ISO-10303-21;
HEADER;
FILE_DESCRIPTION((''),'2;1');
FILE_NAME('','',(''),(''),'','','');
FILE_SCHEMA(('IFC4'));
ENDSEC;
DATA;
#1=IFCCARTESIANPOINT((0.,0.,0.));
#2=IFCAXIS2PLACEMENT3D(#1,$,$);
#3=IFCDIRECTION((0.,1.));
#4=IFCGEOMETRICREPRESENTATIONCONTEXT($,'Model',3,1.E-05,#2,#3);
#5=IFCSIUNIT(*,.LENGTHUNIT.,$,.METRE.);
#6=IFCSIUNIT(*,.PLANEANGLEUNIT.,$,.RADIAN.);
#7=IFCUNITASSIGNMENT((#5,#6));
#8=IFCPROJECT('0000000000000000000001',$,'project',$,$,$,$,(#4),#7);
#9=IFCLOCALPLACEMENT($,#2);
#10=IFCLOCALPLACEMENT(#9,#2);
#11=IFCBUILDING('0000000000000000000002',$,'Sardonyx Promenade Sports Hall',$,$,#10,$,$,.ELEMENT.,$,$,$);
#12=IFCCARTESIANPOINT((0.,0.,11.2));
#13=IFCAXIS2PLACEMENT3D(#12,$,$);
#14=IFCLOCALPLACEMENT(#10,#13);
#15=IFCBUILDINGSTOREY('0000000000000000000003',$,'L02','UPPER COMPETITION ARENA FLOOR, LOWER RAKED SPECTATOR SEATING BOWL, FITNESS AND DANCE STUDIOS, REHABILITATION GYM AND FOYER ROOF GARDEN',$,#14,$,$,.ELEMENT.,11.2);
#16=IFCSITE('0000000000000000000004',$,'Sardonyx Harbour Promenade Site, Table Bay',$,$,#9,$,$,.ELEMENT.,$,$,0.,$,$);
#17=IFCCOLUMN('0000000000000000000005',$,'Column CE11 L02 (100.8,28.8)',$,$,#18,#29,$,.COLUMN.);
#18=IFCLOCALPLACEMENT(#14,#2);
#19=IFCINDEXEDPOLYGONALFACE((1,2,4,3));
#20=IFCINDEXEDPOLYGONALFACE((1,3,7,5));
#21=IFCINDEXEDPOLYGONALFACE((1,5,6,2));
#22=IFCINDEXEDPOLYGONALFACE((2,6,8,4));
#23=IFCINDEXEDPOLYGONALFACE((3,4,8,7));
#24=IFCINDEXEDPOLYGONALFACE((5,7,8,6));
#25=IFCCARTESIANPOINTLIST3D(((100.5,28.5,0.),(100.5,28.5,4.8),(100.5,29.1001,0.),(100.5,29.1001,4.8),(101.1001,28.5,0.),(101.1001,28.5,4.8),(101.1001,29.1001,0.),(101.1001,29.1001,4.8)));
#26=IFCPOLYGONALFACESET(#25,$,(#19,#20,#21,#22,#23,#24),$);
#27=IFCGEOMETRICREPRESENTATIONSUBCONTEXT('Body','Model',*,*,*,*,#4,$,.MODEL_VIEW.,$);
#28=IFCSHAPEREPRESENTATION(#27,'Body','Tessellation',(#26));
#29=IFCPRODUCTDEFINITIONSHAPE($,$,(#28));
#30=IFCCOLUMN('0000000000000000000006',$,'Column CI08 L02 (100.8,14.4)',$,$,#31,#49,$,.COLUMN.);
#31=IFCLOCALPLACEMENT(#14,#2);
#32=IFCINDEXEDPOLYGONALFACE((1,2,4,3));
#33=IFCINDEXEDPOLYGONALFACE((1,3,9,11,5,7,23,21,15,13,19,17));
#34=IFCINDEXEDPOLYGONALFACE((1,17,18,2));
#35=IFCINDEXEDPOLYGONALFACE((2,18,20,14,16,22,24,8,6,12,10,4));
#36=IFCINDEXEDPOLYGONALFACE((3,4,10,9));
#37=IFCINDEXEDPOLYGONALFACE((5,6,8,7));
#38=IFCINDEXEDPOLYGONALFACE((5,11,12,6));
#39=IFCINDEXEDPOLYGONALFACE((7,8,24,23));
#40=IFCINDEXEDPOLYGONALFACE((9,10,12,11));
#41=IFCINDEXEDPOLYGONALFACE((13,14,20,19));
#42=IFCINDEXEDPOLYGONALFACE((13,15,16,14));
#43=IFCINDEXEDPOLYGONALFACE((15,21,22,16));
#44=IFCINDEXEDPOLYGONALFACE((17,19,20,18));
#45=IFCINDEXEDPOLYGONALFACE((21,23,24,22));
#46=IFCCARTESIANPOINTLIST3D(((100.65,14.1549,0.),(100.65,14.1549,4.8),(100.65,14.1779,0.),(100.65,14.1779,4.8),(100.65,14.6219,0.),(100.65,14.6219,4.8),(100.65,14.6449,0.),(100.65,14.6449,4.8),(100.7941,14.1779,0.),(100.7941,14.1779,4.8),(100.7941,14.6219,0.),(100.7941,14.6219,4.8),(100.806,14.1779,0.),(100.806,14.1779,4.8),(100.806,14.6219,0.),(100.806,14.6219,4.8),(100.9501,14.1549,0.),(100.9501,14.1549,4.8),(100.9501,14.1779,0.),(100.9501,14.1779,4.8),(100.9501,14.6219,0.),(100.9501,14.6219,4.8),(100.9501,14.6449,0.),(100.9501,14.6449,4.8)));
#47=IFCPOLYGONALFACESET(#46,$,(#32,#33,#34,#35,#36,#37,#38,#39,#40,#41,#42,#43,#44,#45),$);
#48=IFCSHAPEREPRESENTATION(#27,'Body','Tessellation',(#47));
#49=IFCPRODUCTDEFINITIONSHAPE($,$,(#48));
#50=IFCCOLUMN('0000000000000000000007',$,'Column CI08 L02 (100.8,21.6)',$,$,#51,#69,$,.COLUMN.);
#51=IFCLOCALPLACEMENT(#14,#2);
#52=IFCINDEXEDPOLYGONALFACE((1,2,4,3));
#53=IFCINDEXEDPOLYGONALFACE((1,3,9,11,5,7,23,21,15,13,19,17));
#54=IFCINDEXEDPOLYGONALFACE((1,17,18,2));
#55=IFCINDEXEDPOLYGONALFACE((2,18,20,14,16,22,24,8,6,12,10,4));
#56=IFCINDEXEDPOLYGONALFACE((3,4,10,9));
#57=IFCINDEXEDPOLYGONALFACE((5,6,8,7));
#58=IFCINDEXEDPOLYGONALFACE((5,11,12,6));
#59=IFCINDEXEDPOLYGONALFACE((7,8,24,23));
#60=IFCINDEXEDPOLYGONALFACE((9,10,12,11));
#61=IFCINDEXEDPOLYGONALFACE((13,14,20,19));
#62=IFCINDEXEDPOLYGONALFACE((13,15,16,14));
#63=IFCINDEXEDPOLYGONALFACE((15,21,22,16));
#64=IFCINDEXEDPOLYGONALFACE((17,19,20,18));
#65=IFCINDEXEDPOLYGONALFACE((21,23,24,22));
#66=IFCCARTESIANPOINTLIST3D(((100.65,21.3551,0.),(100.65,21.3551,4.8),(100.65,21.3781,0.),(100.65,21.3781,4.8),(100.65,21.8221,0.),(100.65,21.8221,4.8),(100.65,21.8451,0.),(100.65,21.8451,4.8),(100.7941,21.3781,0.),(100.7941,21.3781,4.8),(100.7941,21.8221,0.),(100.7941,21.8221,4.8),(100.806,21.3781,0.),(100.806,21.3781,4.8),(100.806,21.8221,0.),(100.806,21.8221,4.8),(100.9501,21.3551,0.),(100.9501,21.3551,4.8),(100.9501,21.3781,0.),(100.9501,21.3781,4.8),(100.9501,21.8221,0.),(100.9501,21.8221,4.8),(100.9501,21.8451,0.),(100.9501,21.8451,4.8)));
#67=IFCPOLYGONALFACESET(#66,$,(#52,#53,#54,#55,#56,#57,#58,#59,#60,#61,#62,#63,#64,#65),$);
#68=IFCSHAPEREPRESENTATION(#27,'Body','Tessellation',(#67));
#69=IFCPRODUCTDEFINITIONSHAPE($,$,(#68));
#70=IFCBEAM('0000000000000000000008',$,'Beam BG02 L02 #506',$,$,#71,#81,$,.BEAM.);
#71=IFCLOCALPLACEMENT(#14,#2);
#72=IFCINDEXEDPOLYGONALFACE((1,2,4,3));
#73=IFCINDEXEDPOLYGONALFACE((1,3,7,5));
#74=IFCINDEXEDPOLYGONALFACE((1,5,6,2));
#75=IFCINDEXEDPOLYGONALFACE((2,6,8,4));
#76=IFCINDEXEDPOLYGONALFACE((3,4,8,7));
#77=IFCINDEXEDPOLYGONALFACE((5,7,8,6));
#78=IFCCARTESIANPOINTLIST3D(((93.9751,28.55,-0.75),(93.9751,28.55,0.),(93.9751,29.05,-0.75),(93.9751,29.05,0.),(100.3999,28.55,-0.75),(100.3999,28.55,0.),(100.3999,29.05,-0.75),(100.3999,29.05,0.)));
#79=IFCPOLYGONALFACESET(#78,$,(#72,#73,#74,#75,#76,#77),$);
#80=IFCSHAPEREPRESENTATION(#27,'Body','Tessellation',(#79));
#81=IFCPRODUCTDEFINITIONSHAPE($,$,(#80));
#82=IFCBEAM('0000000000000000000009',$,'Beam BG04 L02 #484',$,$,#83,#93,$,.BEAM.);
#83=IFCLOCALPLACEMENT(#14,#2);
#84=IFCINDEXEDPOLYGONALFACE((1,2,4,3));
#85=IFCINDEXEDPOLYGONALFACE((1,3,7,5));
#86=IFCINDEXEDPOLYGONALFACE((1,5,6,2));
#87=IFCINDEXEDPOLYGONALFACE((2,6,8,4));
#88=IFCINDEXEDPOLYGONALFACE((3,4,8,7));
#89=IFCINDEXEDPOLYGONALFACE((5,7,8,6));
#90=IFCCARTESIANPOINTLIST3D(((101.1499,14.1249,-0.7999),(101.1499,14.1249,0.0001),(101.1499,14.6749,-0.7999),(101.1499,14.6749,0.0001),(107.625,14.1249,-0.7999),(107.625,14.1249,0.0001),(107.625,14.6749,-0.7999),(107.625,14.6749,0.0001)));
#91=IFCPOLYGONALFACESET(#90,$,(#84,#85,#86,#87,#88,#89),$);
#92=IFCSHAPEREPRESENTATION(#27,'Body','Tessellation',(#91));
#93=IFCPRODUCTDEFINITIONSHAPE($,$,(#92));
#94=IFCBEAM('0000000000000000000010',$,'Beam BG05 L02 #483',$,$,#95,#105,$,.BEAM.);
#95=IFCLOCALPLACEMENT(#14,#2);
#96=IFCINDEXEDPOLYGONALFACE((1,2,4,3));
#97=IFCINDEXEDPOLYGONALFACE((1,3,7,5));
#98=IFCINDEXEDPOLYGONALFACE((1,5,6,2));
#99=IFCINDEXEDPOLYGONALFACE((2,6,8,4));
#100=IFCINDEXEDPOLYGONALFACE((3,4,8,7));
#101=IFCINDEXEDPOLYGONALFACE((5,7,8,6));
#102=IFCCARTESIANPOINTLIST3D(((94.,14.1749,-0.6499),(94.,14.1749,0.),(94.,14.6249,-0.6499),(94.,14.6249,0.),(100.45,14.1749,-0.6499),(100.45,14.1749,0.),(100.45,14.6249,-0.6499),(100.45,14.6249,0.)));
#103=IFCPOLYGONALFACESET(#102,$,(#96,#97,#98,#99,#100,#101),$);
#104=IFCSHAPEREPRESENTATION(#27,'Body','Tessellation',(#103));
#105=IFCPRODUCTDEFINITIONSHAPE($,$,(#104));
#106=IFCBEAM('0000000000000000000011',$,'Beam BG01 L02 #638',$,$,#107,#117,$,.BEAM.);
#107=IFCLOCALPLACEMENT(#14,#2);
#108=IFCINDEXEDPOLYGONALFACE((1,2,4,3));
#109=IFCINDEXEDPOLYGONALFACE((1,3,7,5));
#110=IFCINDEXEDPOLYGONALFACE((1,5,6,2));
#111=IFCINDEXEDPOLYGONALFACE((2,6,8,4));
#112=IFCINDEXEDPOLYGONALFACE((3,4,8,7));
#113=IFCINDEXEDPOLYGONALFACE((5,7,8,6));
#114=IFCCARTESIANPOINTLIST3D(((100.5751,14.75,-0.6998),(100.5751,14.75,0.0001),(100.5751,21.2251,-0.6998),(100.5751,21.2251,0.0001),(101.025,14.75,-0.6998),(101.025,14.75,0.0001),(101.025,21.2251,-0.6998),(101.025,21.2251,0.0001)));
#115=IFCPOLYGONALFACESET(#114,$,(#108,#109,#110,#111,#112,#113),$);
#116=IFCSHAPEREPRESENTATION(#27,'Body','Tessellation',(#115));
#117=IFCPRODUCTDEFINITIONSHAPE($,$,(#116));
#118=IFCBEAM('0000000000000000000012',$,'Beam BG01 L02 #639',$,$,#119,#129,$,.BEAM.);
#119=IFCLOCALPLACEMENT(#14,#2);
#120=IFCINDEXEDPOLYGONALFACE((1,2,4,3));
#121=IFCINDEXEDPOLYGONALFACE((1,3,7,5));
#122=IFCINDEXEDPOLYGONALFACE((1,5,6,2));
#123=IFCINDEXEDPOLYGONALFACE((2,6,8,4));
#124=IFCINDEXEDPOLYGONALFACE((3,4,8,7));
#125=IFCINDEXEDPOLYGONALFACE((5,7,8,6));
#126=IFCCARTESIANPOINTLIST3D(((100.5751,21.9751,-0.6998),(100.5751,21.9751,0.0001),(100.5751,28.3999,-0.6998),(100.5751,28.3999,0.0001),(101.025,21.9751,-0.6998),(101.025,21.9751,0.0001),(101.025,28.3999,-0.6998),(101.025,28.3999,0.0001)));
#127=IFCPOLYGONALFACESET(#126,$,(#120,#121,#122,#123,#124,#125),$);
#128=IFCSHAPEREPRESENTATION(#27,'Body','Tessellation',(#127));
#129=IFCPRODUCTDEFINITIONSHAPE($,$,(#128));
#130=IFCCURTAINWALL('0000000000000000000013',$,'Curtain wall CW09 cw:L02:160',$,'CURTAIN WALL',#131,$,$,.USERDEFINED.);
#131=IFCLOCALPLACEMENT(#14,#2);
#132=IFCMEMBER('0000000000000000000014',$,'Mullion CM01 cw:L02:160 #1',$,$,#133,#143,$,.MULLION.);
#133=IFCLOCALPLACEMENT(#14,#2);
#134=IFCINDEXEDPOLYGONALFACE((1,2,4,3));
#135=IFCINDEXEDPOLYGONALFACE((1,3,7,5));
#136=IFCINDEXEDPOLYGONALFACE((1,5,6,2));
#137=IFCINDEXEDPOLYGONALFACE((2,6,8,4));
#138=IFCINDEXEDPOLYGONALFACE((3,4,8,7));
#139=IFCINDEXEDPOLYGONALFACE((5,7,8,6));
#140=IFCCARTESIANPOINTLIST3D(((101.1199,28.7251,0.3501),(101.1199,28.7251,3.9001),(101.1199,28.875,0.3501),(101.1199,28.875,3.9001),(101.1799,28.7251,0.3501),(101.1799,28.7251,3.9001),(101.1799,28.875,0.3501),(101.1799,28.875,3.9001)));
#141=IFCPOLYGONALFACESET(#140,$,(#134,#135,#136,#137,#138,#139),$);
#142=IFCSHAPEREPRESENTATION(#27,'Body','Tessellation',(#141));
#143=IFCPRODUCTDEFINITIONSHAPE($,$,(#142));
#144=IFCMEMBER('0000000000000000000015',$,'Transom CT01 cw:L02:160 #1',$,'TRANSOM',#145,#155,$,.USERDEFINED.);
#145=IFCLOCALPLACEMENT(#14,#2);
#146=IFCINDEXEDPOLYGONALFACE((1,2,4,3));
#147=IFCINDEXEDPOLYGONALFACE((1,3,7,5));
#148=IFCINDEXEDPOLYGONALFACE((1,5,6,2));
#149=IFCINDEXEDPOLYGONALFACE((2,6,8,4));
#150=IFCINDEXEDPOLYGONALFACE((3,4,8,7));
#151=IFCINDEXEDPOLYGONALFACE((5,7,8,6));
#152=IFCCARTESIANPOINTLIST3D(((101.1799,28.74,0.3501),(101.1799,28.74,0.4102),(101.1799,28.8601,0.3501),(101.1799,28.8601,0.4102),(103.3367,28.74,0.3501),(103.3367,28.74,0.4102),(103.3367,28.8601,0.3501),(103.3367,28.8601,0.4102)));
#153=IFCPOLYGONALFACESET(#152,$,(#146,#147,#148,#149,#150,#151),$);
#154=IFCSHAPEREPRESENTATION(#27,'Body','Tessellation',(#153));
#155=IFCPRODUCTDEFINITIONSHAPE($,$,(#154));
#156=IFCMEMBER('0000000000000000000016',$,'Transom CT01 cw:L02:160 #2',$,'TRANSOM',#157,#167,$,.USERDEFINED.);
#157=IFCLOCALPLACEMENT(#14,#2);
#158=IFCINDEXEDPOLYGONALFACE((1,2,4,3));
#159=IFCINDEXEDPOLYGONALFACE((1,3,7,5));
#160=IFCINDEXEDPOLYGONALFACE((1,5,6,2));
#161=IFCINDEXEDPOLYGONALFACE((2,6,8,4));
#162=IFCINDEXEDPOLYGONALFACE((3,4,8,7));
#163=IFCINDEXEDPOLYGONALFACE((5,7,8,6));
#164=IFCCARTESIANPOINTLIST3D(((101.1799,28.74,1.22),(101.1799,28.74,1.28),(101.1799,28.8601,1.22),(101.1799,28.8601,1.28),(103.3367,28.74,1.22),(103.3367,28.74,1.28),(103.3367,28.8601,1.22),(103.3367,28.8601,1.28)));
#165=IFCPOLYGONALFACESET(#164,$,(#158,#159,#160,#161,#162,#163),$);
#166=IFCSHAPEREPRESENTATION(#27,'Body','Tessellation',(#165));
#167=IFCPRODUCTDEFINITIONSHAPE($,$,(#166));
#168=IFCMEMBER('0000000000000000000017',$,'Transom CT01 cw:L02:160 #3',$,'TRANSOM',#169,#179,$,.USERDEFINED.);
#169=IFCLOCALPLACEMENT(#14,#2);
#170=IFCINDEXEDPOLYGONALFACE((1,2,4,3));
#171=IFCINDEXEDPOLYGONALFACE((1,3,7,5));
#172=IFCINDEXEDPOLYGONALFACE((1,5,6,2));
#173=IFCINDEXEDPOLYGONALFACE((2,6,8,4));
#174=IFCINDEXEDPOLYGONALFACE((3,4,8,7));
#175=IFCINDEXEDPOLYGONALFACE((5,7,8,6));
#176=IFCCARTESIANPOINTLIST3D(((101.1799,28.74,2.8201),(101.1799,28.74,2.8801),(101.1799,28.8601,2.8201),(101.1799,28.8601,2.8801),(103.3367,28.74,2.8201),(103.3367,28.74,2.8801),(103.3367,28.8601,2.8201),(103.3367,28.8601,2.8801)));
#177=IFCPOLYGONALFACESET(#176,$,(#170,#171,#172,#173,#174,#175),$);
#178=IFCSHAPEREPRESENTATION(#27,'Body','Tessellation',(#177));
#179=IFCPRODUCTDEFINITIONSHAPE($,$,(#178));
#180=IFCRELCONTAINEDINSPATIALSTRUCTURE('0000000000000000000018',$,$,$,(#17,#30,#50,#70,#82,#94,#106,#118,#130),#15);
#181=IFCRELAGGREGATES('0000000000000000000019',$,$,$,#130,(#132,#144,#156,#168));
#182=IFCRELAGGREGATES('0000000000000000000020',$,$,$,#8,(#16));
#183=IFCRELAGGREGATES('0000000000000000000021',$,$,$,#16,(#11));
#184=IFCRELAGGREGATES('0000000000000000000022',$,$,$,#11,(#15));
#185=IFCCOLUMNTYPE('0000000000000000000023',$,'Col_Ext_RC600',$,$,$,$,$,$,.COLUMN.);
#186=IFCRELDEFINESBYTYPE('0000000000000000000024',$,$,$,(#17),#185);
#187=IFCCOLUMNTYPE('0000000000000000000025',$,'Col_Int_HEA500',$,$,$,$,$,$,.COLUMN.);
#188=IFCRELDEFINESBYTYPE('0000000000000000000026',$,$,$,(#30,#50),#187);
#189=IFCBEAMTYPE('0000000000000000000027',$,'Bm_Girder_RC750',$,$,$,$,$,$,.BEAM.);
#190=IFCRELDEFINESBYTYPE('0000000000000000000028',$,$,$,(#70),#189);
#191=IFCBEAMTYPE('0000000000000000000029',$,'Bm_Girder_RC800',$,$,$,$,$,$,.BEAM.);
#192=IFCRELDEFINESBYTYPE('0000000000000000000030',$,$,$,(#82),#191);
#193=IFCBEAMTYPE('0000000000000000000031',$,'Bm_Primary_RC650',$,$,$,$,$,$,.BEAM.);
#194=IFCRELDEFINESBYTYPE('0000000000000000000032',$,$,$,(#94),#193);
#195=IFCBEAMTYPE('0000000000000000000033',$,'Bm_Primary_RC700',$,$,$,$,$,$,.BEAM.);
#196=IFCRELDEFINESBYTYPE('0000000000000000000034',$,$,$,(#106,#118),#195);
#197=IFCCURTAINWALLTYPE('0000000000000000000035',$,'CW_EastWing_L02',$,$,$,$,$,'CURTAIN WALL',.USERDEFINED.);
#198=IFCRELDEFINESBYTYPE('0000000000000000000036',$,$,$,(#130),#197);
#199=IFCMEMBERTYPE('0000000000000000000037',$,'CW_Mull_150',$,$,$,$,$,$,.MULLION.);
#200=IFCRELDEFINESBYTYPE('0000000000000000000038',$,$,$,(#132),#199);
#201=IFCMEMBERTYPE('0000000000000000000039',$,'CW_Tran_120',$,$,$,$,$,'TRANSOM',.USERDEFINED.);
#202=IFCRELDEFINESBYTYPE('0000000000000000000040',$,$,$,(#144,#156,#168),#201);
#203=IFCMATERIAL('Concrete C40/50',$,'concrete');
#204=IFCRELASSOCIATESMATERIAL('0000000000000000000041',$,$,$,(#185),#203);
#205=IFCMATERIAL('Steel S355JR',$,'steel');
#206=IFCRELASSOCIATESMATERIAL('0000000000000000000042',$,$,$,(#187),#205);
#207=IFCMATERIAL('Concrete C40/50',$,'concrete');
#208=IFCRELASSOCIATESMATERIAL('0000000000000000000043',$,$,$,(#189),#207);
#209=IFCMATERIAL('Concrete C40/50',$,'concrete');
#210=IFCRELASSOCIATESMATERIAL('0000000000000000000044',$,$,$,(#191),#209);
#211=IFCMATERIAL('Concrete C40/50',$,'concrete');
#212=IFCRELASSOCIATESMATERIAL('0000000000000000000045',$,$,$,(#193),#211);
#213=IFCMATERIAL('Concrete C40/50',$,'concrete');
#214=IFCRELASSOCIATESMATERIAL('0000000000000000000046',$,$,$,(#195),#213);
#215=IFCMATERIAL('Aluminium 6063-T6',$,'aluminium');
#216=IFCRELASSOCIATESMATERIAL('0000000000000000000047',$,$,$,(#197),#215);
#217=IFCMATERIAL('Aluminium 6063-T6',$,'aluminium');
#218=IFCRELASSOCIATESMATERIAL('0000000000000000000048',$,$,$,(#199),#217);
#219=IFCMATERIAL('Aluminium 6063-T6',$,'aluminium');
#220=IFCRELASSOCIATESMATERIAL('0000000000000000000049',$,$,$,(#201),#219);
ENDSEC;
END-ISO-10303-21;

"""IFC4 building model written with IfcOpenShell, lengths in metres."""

from ifc_helpers import new_model, si_unit, direction, frame, origin, origin_2d, place, context, subcontext, project, spatial, rectangle, i_section, extrude, material, material_profile, profile_set, type_object, element, aggregate, save


model = new_model("IFC4")

# Units and contexts
model_context = context("Model", 3, precision=1e-05, world=origin(), true_north=direction((0.0, 1.0)))
body_context = subcontext(model_context, "Body", "Model", "MODEL_VIEW")
ifc_project = project(units=[si_unit("LENGTHUNIT", "METRE"), si_unit("PLANEANGLEUNIT", "RADIAN")], contexts=[model_context])

# Site, building, storey
site_placement = place(None, origin())
site = spatial("IfcSite", under=ifc_project, at=site_placement, Name="Sardonyx Harbour Promenade Site, Table Bay", CompositionType="ELEMENT", RefElevation=0.0)
building_placement = place(site_placement, origin())
building = spatial("IfcBuilding", under=site, at=building_placement, Name="Sardonyx Promenade Sports Hall", CompositionType="ELEMENT")
storey_placement = place(building_placement, frame((0.0, 0.0, 11.2)))
storey = spatial("IfcBuildingStorey", under=building, at=storey_placement, Name="L02", Description="UPPER COMPETITION ARENA FLOOR, LOWER RAKED SPECTATOR SEATING BOWL, FITNESS AND DANCE STUDIOS, REHABILITATION GYM AND FOYER ROOF GARDEN", CompositionType="ELEMENT", Elevation=11.2)

# Columns
ifc_material_1 = material(Name="Concrete C40/50", Category="concrete")
ifc_material_profile_1 = material_profile(ifc_material_1, rectangle(XDim=0.6001, YDim=0.6001, at=origin_2d()))
ifc_profile_set_1 = profile_set([ifc_material_profile_1], Name="Concrete C40/50")
column_type_1 = type_object("IfcColumnType", Name="Col_Ext_RC600", PredefinedType="COLUMN", material=ifc_profile_set_1)
column_placement = place(storey_placement, frame((100.8, 28.8, 0.0), z_axis=(0.0, 0.0, 1.0), x_axis=(1.0, 0.0, 0.0)))
element("IfcColumn", 1, at=column_placement, inside=storey, type_object=column_type_1, Name="Column CE11 L02 (100.8,28.8)", PredefinedType="COLUMN", context=body_context, shape_type="SweptSolid", body=[
    extrude(rectangle(XDim=0.6001, YDim=0.6001, at=origin_2d()), origin(), (0.0, 0.0, 1.0), 4.8),
])
ifc_material_2 = material(Name="Steel S355JR", Category="steel")
ifc_material_profile_2 = material_profile(ifc_material_2, i_section(OverallWidth=0.3, OverallDepth=0.49, WebThickness=0.012, FlangeThickness=0.0229, at=origin_2d()))
ifc_profile_set_2 = profile_set([ifc_material_profile_2], Name="Steel S355JR")
column_type_2 = type_object("IfcColumnType", Name="Col_Int_HEA500", PredefinedType="COLUMN", material=ifc_profile_set_2)
for number, where, z_axis, x_axis, name in (
    (2, (100.8, 14.3999, 0.0), (0.0, 0.0, 1.0), (1.0, 0.0, 0.0), "Column CI08 L02 (100.8,14.4)"),
    (3, (100.8, 21.6001, 0.0), (0.0, 0.0, 1.0), (1.0, 0.0, 0.0), "Column CI08 L02 (100.8,21.6)"),
):
    element("IfcColumn", number, at=place(storey_placement, frame(where, z_axis=z_axis, x_axis=x_axis)), inside=storey, type_object=column_type_2, Name=name, PredefinedType="COLUMN", context=body_context, shape_type="SweptSolid", body=[
        extrude(i_section(OverallWidth=0.3, OverallDepth=0.49, WebThickness=0.012, FlangeThickness=0.0229, at=origin_2d()), origin(), (0.0, 0.0, 1.0), 4.8),
    ])

# Beams
ifc_material_3 = material(Name="Concrete C40/50", Category="concrete")
ifc_material_profile_3 = material_profile(ifc_material_3, rectangle(XDim=0.5, YDim=0.75, at=origin_2d()))
ifc_profile_set_3 = profile_set([ifc_material_profile_3], Name="Concrete C40/50")
beam_type_1 = type_object("IfcBeamType", Name="Bm_Girder_RC750", PredefinedType="BEAM", material=ifc_profile_set_3)
beam_1_placement = place(storey_placement, frame((93.9751, 28.8, -0.375), z_axis=(1.0, 0.0, 0.0), x_axis=(0.0, 1.0, 0.0)))
element("IfcBeam", 4, at=beam_1_placement, inside=storey, type_object=beam_type_1, Name="Beam BG02 L02 #506", PredefinedType="BEAM", context=body_context, shape_type="SweptSolid", body=[
    extrude(rectangle(XDim=0.5, YDim=0.75, at=origin_2d()), origin(), (0.0, 0.0, 1.0), 6.4248),
])
ifc_material_4 = material(Name="Concrete C40/50", Category="concrete")
ifc_material_profile_4 = material_profile(ifc_material_4, rectangle(XDim=0.55, YDim=0.8, at=origin_2d()))
ifc_profile_set_4 = profile_set([ifc_material_profile_4], Name="Concrete C40/50")
beam_type_2 = type_object("IfcBeamType", Name="Bm_Girder_RC800", PredefinedType="BEAM", material=ifc_profile_set_4)
beam_2_placement = place(storey_placement, frame((101.1499, 14.3999, -0.3999), z_axis=(1.0, 0.0, 0.0), x_axis=(0.0, 1.0, 0.0)))
element("IfcBeam", 5, at=beam_2_placement, inside=storey, type_object=beam_type_2, Name="Beam BG04 L02 #484", PredefinedType="BEAM", context=body_context, shape_type="SweptSolid", body=[
    extrude(rectangle(XDim=0.55, YDim=0.8, at=origin_2d()), origin(), (0.0, 0.0, 1.0), 6.4751),
])
ifc_material_5 = material(Name="Concrete C40/50", Category="concrete")
ifc_material_profile_5 = material_profile(ifc_material_5, rectangle(XDim=0.45, YDim=0.6499, at=origin_2d()))
ifc_profile_set_5 = profile_set([ifc_material_profile_5], Name="Concrete C40/50")
beam_type_3 = type_object("IfcBeamType", Name="Bm_Primary_RC650", PredefinedType="BEAM", material=ifc_profile_set_5)
beam_3_placement = place(storey_placement, frame((94.0, 14.3999, -0.325), z_axis=(1.0, 0.0, 0.0), x_axis=(0.0, 1.0, 0.0)))
element("IfcBeam", 6, at=beam_3_placement, inside=storey, type_object=beam_type_3, Name="Beam BG05 L02 #483", PredefinedType="BEAM", context=body_context, shape_type="SweptSolid", body=[
    extrude(rectangle(XDim=0.45, YDim=0.6499, at=origin_2d()), origin(), (0.0, 0.0, 1.0), 6.45),
])
ifc_material_6 = material(Name="Concrete C40/50", Category="concrete")
ifc_material_profile_6 = material_profile(ifc_material_6, rectangle(XDim=0.45, YDim=0.7, at=origin_2d()))
ifc_profile_set_6 = profile_set([ifc_material_profile_6], Name="Concrete C40/50")
beam_type_4 = type_object("IfcBeamType", Name="Bm_Primary_RC700", PredefinedType="BEAM", material=ifc_profile_set_6)
beam_4_placement = place(storey_placement, frame((100.8, 14.75, -0.3499), z_axis=(0.0, 1.0, 0.0), x_axis=(-1.0, 0.0, 0.0)))
element("IfcBeam", 7, at=beam_4_placement, inside=storey, type_object=beam_type_4, Name="Beam BG01 L02 #638", PredefinedType="BEAM", context=body_context, shape_type="SweptSolid", body=[
    extrude(rectangle(XDim=0.45, YDim=0.7, at=origin_2d()), origin(), (0.0, 0.0, 1.0), 6.4751),
])
beam_5_placement = place(storey_placement, frame((100.8, 21.9751, -0.3499), z_axis=(0.0, 1.0, 0.0), x_axis=(-1.0, 0.0, 0.0)))
element("IfcBeam", 8, at=beam_5_placement, inside=storey, type_object=beam_type_4, Name="Beam BG01 L02 #639", PredefinedType="BEAM", context=body_context, shape_type="SweptSolid", body=[
    extrude(rectangle(XDim=0.45, YDim=0.7, at=origin_2d()), origin(), (0.0, 0.0, 1.0), 6.4248),
])

# Curtain wall, members
ifc_material_7 = material(Name="Aluminium 6063-T6", Category="aluminium")
curtain_wall_type = type_object("IfcCurtainWallType", Name="CW_EastWing_L02", ElementType="CURTAIN WALL", PredefinedType="USERDEFINED", material=ifc_material_7)
curtain_wall_placement = place(storey_placement, origin())
curtain_wall = element("IfcCurtainWall", 9, at=curtain_wall_placement, inside=storey, type_object=curtain_wall_type, Name="Curtain wall CW09 cw:L02:160", ObjectType="CURTAIN WALL", PredefinedType="USERDEFINED")
ifc_material_8 = material(Name="Aluminium 6063-T6", Category="aluminium")
ifc_material_profile_7 = material_profile(ifc_material_8, rectangle(XDim=0.0601, YDim=0.1499, at=origin_2d()))
ifc_profile_set_7 = profile_set([ifc_material_profile_7], Name="Aluminium 6063-T6")
member_type_1 = type_object("IfcMemberType", Name="CW_Mull_150", PredefinedType="MULLION", material=ifc_profile_set_7)
member_1_placement = place(storey_placement, frame((101.1499, 28.8, 0.3501), z_axis=(0.0, 0.0, 1.0), x_axis=(1.0, 0.0, 0.0)))
member_1 = element("IfcMember", 10, at=member_1_placement, type_object=member_type_1, Name="Mullion CM01 cw:L02:160 #1", PredefinedType="MULLION", context=body_context, shape_type="SweptSolid", body=[
    extrude(rectangle(XDim=0.0601, YDim=0.1499, at=origin_2d()), origin(), (0.0, 0.0, 1.0), 3.55),
])
ifc_material_9 = material(Name="Aluminium 6063-T6", Category="aluminium")
ifc_material_profile_8 = material_profile(ifc_material_9, rectangle(XDim=0.0601, YDim=0.1201, at=origin_2d()))
ifc_profile_set_8 = profile_set([ifc_material_profile_8], Name="Aluminium 6063-T6")
member_type_2 = type_object("IfcMemberType", Name="CW_Tran_120", ElementType="TRANSOM", PredefinedType="USERDEFINED", material=ifc_profile_set_8)
member_2_placement = place(storey_placement, frame((101.1799, 28.8, 0.3801), z_axis=(1.0, 0.0, 0.0), x_axis=(0.0, 0.0, 1.0)))
member_2 = element("IfcMember", 11, at=member_2_placement, type_object=member_type_2, Name="Transom CT01 cw:L02:160 #1", ObjectType="TRANSOM", PredefinedType="USERDEFINED", context=body_context, shape_type="SweptSolid", body=[
    extrude(rectangle(XDim=0.0601, YDim=0.1201, at=origin_2d()), origin(), (0.0, 0.0, 1.0), 2.1567),
])
member_3_placement = place(storey_placement, frame((101.1799, 28.8, 1.25), z_axis=(1.0, 0.0, 0.0), x_axis=(0.0, 0.0, 1.0)))
member_3 = element("IfcMember", 12, at=member_3_placement, type_object=member_type_2, Name="Transom CT01 cw:L02:160 #2", ObjectType="TRANSOM", PredefinedType="USERDEFINED", context=body_context, shape_type="SweptSolid", body=[
    extrude(rectangle(XDim=0.0601, YDim=0.1201, at=origin_2d()), origin(), (0.0, 0.0, 1.0), 2.1567),
])
member_4_placement = place(storey_placement, frame((101.1799, 28.8, 2.8501), z_axis=(1.0, 0.0, 0.0), x_axis=(0.0, 0.0, 1.0)))
member_4 = element("IfcMember", 13, at=member_4_placement, type_object=member_type_2, Name="Transom CT01 cw:L02:160 #3", ObjectType="TRANSOM", PredefinedType="USERDEFINED", context=body_context, shape_type="SweptSolid", body=[
    extrude(rectangle(XDim=0.0601, YDim=0.1201, at=origin_2d()), origin(), (0.0, 0.0, 1.0), 2.1567),
])
aggregate(curtain_wall, [member_1, member_2, member_3, member_4])

save(model, "model.ifc")
